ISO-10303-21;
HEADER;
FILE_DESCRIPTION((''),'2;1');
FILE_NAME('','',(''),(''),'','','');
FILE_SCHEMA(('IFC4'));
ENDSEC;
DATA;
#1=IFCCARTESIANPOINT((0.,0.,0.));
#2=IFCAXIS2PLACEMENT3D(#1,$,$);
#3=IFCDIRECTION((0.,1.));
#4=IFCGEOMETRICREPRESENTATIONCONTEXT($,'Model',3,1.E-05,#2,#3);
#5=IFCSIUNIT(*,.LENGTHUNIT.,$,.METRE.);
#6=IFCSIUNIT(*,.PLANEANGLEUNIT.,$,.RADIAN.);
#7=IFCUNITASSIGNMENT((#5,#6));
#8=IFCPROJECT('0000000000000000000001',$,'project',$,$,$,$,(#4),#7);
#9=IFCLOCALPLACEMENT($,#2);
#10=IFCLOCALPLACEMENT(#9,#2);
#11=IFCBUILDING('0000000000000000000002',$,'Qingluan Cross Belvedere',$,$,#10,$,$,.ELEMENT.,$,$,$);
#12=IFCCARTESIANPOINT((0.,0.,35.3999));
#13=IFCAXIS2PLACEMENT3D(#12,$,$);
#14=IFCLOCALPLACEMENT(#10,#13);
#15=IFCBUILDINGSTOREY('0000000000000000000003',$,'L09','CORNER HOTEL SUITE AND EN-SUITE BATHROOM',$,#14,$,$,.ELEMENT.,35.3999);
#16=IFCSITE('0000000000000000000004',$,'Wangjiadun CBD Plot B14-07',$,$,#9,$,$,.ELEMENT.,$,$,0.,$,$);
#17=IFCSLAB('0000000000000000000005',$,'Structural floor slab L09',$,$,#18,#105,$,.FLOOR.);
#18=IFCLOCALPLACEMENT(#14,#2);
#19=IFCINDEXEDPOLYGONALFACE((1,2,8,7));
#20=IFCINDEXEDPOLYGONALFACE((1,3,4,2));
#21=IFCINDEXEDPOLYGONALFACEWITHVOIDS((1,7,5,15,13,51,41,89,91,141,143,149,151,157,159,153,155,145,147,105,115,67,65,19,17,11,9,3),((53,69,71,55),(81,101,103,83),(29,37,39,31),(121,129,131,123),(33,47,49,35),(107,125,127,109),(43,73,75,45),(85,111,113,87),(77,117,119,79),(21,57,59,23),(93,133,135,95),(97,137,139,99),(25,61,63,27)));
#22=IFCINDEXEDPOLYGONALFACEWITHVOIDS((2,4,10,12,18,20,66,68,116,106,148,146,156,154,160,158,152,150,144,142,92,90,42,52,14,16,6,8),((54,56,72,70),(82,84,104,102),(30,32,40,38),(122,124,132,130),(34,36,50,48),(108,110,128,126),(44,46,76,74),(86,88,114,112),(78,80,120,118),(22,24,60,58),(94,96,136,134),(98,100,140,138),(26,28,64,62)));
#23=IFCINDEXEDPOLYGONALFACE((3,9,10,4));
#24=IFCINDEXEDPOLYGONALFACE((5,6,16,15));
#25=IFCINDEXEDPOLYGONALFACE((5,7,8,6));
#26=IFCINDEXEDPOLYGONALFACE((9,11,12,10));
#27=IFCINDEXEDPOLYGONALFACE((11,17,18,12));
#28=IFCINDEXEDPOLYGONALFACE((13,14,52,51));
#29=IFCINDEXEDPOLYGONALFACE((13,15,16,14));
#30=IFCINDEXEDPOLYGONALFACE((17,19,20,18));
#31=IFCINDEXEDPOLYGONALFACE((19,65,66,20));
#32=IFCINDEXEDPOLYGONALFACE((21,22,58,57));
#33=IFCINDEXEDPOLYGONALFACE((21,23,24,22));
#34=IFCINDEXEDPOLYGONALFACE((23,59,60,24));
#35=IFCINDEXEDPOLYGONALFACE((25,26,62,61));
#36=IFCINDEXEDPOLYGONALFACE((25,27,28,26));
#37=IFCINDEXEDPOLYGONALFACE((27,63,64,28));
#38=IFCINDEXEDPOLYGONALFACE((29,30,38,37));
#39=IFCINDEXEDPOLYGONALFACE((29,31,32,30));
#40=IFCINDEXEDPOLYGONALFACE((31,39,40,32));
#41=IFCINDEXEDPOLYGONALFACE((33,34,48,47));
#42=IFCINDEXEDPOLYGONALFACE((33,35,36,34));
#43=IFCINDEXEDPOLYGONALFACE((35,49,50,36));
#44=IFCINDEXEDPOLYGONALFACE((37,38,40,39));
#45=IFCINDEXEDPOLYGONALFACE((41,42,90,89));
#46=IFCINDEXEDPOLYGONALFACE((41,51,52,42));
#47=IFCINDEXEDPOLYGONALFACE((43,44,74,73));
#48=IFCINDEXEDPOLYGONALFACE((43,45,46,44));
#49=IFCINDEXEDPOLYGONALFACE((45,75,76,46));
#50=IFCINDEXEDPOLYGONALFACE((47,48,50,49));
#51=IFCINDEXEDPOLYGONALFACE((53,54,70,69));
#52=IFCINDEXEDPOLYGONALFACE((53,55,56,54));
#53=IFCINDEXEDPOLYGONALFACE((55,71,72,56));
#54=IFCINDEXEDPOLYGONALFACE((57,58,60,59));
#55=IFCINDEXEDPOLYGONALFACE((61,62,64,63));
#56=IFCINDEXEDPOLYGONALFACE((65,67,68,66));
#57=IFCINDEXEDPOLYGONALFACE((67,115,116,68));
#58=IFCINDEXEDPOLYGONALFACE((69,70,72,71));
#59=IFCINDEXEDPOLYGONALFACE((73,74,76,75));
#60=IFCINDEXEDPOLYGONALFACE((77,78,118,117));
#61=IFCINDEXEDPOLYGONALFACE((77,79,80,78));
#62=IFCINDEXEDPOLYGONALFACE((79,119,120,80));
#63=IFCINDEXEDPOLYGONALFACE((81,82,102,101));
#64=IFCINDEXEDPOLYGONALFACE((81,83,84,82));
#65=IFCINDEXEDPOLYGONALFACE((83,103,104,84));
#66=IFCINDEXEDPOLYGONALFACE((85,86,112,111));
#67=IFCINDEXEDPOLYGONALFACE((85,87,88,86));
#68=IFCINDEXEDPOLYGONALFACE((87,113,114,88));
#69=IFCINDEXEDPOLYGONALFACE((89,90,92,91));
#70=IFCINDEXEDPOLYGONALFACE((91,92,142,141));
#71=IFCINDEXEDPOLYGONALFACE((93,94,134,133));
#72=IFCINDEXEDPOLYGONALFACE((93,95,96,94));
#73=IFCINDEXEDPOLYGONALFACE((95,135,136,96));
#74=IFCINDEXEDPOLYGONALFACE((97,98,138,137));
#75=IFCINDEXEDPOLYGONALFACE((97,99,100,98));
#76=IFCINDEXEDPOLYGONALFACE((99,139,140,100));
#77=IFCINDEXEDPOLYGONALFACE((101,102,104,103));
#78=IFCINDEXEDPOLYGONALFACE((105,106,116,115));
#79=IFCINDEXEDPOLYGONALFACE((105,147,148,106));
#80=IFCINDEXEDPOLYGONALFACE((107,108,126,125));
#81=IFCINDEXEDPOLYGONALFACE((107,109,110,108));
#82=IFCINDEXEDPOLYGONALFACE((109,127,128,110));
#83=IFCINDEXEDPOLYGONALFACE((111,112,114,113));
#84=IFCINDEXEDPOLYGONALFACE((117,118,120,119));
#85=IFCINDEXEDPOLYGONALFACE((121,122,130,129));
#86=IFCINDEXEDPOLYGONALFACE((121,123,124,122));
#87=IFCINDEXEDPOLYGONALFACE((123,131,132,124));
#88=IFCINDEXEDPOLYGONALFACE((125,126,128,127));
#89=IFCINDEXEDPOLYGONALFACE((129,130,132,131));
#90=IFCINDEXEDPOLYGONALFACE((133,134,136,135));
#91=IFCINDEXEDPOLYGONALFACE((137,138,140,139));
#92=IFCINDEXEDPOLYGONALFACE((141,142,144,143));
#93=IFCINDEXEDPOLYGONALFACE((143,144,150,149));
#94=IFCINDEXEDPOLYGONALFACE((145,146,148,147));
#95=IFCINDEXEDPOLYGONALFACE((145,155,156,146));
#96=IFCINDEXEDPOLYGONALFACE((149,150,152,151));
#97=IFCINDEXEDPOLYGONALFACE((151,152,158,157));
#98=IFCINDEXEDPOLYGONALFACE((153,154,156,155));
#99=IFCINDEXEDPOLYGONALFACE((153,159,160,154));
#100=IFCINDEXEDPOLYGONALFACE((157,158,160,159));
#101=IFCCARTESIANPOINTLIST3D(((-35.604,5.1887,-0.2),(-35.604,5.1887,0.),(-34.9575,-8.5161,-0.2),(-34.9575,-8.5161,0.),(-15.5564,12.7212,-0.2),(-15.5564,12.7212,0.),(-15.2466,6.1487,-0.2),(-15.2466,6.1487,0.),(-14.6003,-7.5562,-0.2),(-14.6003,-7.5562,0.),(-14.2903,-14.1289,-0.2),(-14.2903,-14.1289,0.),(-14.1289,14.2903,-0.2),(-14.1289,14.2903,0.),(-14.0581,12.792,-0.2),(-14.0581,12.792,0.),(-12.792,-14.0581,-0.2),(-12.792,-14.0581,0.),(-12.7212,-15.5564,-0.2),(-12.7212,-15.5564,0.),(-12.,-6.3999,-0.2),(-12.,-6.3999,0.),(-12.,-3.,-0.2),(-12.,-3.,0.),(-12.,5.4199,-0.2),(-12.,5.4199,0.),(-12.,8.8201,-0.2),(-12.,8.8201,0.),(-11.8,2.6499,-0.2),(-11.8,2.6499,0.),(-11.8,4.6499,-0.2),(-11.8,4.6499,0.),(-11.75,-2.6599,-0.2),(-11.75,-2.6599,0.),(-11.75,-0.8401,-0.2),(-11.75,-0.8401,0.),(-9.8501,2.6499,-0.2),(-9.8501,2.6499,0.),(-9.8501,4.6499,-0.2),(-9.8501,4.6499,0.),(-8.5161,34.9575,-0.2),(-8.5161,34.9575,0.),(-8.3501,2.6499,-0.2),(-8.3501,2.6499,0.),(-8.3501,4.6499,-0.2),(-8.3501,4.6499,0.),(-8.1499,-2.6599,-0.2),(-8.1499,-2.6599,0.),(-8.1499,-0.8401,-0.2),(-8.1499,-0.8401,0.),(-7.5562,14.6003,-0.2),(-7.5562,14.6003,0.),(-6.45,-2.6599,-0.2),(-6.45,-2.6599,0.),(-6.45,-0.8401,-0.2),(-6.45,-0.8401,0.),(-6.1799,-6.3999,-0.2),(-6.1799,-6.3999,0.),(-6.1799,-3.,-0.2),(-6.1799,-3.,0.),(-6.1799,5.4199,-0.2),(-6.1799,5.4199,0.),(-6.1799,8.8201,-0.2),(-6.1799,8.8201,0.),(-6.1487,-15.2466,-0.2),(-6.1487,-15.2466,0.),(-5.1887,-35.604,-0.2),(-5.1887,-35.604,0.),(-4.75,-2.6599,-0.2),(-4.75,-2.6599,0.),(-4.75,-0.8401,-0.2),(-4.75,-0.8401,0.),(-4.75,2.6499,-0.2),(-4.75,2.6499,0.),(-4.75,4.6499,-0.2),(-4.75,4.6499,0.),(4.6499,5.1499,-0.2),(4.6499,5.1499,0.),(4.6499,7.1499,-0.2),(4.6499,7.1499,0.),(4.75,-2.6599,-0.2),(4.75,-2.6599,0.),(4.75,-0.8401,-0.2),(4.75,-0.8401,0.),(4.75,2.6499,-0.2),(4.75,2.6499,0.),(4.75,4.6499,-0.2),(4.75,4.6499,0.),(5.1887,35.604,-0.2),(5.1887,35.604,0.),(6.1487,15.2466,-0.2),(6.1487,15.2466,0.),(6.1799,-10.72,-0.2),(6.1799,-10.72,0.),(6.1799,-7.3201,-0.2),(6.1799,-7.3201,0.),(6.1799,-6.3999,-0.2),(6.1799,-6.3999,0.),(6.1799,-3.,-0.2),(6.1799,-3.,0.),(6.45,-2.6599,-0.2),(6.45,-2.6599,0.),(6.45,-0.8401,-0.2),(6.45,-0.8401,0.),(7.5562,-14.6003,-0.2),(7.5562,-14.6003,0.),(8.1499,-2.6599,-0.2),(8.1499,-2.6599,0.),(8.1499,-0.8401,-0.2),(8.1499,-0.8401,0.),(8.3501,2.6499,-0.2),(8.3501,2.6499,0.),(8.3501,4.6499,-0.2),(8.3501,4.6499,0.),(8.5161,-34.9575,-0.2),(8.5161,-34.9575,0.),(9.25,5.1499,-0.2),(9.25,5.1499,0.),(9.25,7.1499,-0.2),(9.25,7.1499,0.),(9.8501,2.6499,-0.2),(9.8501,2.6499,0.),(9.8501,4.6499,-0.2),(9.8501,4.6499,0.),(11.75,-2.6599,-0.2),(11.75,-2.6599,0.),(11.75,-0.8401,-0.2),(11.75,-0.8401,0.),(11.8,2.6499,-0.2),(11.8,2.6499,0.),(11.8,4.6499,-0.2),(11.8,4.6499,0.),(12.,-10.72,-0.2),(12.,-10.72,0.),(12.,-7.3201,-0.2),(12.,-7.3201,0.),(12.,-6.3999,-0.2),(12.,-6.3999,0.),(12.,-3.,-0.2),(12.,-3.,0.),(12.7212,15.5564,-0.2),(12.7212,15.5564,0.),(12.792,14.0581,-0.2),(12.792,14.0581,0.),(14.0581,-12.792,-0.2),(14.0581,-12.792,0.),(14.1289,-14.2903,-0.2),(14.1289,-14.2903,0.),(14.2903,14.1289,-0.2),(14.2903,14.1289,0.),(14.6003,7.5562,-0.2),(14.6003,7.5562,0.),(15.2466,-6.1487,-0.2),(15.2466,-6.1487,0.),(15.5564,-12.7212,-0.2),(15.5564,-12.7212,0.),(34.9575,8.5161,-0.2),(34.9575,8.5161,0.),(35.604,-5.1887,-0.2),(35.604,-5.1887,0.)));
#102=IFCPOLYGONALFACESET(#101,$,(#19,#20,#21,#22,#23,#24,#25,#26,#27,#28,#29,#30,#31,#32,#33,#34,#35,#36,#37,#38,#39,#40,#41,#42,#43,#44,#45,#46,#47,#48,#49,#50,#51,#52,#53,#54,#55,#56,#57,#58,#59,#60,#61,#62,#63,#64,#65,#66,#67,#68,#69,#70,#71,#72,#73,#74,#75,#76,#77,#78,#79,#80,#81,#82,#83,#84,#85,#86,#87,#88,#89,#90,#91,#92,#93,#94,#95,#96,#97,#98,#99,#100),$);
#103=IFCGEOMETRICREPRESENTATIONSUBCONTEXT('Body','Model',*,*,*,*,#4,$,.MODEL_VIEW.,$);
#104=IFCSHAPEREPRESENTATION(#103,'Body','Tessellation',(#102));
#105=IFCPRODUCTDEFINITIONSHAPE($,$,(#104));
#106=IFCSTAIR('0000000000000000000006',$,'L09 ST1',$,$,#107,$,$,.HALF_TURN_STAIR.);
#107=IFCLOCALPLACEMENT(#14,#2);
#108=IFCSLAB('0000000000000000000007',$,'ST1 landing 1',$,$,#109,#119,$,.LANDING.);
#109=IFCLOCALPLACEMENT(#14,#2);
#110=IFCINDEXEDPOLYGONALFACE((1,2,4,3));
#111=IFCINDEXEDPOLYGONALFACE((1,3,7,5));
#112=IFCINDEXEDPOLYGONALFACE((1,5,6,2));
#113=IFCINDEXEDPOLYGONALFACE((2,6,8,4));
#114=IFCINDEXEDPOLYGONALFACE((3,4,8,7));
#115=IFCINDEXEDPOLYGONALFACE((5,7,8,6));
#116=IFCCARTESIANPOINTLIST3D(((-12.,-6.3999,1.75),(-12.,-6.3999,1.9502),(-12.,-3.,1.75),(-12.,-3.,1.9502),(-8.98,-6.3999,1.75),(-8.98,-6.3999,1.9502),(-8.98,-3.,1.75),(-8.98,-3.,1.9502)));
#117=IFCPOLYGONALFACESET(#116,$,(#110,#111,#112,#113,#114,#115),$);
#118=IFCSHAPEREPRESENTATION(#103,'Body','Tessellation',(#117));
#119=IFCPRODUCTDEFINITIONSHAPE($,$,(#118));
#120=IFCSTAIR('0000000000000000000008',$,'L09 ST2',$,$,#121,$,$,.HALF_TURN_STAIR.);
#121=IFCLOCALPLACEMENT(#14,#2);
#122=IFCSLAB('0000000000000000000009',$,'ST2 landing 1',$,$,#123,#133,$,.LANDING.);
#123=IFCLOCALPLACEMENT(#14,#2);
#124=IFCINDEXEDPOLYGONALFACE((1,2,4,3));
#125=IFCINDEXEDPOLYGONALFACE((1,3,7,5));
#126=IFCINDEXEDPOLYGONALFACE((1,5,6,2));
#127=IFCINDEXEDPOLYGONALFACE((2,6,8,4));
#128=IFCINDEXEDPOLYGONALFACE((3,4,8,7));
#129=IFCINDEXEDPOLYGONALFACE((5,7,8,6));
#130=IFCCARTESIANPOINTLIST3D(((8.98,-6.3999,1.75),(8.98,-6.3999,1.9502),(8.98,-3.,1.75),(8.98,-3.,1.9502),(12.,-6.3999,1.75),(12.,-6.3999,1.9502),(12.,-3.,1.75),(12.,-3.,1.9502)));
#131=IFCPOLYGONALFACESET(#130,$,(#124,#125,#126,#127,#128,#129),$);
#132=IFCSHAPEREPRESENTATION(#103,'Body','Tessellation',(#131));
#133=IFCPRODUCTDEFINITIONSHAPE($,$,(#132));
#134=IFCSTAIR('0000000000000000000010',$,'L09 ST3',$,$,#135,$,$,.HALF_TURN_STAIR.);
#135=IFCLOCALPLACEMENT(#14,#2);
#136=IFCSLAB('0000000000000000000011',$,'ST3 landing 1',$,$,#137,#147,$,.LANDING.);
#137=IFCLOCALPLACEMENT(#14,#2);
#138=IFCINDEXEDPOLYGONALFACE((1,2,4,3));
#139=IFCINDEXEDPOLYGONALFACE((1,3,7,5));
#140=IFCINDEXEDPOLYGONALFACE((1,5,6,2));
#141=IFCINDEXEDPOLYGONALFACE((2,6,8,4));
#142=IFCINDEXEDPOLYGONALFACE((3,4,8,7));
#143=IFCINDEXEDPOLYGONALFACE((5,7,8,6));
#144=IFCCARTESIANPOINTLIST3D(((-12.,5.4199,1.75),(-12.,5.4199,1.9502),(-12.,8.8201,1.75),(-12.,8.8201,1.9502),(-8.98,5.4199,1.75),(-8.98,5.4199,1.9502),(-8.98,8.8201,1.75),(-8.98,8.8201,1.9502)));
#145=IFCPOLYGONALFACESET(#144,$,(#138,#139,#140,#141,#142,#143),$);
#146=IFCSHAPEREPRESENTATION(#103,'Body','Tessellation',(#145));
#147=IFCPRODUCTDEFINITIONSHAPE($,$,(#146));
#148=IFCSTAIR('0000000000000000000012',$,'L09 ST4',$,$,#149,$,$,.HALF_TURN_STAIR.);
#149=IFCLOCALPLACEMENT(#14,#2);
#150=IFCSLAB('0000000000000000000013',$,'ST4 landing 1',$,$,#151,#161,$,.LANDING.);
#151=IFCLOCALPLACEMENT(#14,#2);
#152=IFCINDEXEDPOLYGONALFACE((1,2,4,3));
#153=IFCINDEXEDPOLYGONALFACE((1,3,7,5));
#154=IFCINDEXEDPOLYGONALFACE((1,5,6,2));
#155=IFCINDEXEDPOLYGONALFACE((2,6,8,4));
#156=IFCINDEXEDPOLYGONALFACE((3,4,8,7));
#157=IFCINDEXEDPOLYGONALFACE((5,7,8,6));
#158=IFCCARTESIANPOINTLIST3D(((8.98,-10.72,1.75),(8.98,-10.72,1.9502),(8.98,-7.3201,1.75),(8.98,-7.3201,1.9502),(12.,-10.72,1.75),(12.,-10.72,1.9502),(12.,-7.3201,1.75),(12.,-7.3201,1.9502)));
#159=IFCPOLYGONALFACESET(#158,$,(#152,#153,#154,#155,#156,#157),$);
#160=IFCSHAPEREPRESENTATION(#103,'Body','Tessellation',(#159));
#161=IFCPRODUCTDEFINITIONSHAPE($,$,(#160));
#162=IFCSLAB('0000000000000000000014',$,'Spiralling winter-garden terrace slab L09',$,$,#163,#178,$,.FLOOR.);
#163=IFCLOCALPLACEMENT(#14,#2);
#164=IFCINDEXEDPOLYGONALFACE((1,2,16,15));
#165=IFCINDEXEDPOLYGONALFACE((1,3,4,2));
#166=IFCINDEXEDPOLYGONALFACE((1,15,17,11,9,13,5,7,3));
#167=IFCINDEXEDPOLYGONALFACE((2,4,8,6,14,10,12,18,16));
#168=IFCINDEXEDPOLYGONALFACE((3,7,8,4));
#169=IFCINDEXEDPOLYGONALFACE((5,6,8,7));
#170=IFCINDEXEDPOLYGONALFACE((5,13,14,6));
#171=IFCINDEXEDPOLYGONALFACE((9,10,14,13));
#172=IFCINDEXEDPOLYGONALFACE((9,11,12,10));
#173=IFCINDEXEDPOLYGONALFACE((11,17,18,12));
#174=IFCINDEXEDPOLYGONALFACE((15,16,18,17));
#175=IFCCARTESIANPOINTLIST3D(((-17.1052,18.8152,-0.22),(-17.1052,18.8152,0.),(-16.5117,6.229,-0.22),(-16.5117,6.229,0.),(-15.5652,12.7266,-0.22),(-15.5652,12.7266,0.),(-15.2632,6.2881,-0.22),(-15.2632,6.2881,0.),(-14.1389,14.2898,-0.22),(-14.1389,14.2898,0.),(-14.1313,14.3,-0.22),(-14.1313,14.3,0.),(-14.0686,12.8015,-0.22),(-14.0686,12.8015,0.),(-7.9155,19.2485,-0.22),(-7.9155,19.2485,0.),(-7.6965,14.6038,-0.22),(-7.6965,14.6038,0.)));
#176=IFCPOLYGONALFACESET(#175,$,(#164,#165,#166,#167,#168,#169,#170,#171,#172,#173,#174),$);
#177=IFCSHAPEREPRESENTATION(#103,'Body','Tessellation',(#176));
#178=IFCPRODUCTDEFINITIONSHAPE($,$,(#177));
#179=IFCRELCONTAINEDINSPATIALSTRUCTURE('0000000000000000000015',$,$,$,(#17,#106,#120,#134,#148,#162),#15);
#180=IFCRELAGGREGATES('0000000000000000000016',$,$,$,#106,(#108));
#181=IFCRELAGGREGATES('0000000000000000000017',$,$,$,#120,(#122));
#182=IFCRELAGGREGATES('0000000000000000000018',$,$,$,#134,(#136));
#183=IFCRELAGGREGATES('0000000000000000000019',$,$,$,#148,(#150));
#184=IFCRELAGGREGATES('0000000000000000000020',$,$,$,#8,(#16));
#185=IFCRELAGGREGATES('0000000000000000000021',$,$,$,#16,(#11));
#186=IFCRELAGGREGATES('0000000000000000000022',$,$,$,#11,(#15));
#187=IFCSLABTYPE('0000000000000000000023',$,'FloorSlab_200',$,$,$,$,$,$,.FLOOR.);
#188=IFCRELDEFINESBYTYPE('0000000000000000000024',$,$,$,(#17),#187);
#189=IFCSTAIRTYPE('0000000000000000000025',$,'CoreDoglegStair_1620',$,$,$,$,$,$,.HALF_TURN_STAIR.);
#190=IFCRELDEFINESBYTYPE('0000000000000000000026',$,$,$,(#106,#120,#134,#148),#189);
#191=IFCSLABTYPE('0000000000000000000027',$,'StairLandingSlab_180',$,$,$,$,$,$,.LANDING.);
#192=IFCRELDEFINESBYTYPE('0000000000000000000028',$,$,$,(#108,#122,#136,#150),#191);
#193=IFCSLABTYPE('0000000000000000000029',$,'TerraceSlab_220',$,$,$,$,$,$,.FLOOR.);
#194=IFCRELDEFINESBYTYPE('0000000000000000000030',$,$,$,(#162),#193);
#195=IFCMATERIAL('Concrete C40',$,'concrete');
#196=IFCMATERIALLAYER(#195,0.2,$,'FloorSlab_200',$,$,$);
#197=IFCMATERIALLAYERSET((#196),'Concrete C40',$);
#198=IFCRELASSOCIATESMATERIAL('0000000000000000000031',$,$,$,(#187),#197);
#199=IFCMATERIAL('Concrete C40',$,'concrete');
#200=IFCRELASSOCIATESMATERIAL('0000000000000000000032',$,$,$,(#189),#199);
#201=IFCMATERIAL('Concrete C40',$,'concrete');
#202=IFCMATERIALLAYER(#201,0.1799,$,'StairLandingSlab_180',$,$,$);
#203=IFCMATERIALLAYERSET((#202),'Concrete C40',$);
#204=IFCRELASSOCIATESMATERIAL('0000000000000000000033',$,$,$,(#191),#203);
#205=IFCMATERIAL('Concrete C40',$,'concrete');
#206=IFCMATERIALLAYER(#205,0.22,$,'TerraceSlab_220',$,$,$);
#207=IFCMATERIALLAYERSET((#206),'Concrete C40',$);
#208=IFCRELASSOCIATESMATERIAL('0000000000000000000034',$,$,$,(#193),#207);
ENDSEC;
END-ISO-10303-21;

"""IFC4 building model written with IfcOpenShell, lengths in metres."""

from ifc_helpers import new_model, si_unit, direction, frame, origin, place, context, subcontext, project, spatial, polyline, outline, extrude, material, layer, layer_set, type_object, element, aggregate, save


model = new_model("IFC4")

# Units and contexts
model_context = context("Model", 3, precision=1e-05, world=origin(), true_north=direction((0.0, 1.0)))
body_context = subcontext(model_context, "Body", "Model", "MODEL_VIEW")
ifc_project = project(units=[si_unit("LENGTHUNIT", "METRE"), si_unit("PLANEANGLEUNIT", "RADIAN")], contexts=[model_context])

# Site, building, storey
site_placement = place(None, origin())
site = spatial("IfcSite", under=ifc_project, at=site_placement, Name="Wangjiadun CBD Plot B14-07", CompositionType="ELEMENT", RefElevation=0.0)
building_placement = place(site_placement, origin())
building = spatial("IfcBuilding", under=site, at=building_placement, Name="Qingluan Cross Belvedere", CompositionType="ELEMENT")
storey_placement = place(building_placement, frame((0.0, 0.0, 35.3999)))
storey = spatial("IfcBuildingStorey", under=building, at=storey_placement, Name="L09", Description="CORNER HOTEL SUITE AND EN-SUITE BATHROOM", CompositionType="ELEMENT", Elevation=35.3999)

# Slab
ifc_material_1 = material(Name="Concrete C40", Category="concrete")
ifc_layer_1 = layer(ifc_material_1, 0.2, Name="FloorSlab_200")
ifc_layer_set_1 = layer_set([ifc_layer_1], Name="Concrete C40")
slab_type_1 = type_object("IfcSlabType", Name="FloorSlab_200", PredefinedType="FLOOR", material=ifc_layer_set_1)
slab_1_placement = place(storey_placement, frame((0.0, 0.0, -0.2)))
element("IfcSlab", 1, at=slab_1_placement, inside=storey, type_object=slab_type_1, Name="Structural floor slab L09", PredefinedType="FLOOR", context=body_context, shape_type="SweptSolid", body=[
    extrude(outline(polyline([(8.5161, -34.9575), (7.5562, -14.6003), (14.1289, -14.2903), (14.0581, -12.792), (15.5564, -12.7212), (15.2466, -6.1487), (35.604, -5.1887), (34.9575, 8.5161), (14.6003, 7.5562), (14.2903, 14.1289), (12.792, 14.0581), (12.7212, 15.5564), (6.1487, 15.2466), (5.1887, 35.604), (-8.5161, 34.9575), (-7.5562, 14.6003), (-14.1289, 14.2903), (-14.0581, 12.792), (-15.5564, 12.7212), (-15.2466, 6.1487), (-35.604, 5.1887), (-34.9575, -8.5161), (-14.6003, -7.5562), (-14.2903, -14.1289), (-12.792, -14.0581), (-12.7212, -15.5564), (-6.1487, -15.2466), (-5.1887, -35.604), (8.5161, -34.9575)]), holes=[polyline([(-12.0, -3.0), (-6.1799, -3.0), (-6.1799, -6.3999), (-12.0, -6.3999), (-12.0, -3.0)]), polyline([(6.1799, -3.0), (12.0, -3.0), (12.0, -6.3999), (6.1799, -6.3999), (6.1799, -3.0)]), polyline([(-12.0, 8.8201), (-6.1799, 8.8201), (-6.1799, 5.4199), (-12.0, 5.4199), (-12.0, 8.8201)]), polyline([(6.1799, -7.3201), (12.0, -7.3201), (12.0, -10.72), (6.1799, -10.72), (6.1799, -7.3201)]), polyline([(-11.8, 4.6499), (-9.8501, 4.6499), (-9.8501, 2.6499), (-11.8, 2.6499), (-11.8, 4.6499)]), polyline([(-8.3501, 4.6499), (-4.75, 4.6499), (-4.75, 2.6499), (-8.3501, 2.6499), (-8.3501, 4.6499)]), polyline([(4.75, 4.6499), (8.3501, 4.6499), (8.3501, 2.6499), (4.75, 2.6499), (4.75, 4.6499)]), polyline([(9.8501, 4.6499), (11.8, 4.6499), (11.8, 2.6499), (9.8501, 2.6499), (9.8501, 4.6499)]), polyline([(-11.75, -0.8401), (-8.1499, -0.8401), (-8.1499, -2.6599), (-11.75, -2.6599), (-11.75, -0.8401)]), polyline([(-6.45, -0.8401), (-4.75, -0.8401), (-4.75, -2.6599), (-6.45, -2.6599), (-6.45, -0.8401)]), polyline([(4.75, -0.8401), (6.45, -0.8401), (6.45, -2.6599), (4.75, -2.6599), (4.75, -0.8401)]), polyline([(8.1499, -0.8401), (11.75, -0.8401), (11.75, -2.6599), (8.1499, -2.6599), (8.1499, -0.8401)]), polyline([(4.6499, 7.1499), (9.25, 7.1499), (9.25, 5.1499), (4.6499, 5.1499), (4.6499, 7.1499)])]), origin(), (0.0, 0.0, 1.0), 0.2),
])

# Stairs, slabs
ifc_material_2 = material(Name="Concrete C40", Category="concrete")
stair_type = type_object("IfcStairType", Name="CoreDoglegStair_1620", PredefinedType="HALF_TURN_STAIR", material=ifc_material_2)
stair_1_placement = place(storey_placement, origin())
stair_1 = element("IfcStair", 2, at=stair_1_placement, inside=storey, type_object=stair_type, Name="L09 ST1", PredefinedType="HALF_TURN_STAIR")
ifc_material_3 = material(Name="Concrete C40", Category="concrete")
ifc_layer_2 = layer(ifc_material_3, 0.1799, Name="StairLandingSlab_180")
ifc_layer_set_2 = layer_set([ifc_layer_2], Name="Concrete C40")
slab_type_2 = type_object("IfcSlabType", Name="StairLandingSlab_180", PredefinedType="LANDING", material=ifc_layer_set_2)
slab_2_placement = place(storey_placement, frame((0.0, 0.0, 1.75)))
slab_2 = element("IfcSlab", 3, at=slab_2_placement, type_object=slab_type_2, Name="ST1 landing 1", PredefinedType="LANDING", context=body_context, shape_type="SweptSolid", body=[
    extrude(outline(polyline([(-8.98, -3.0), (-12.0, -3.0), (-12.0, -6.3999), (-8.98, -6.3999), (-8.98, -3.0)])), origin(), (0.0, 0.0, 1.0), 0.2002),
])
aggregate(stair_1, [slab_2])
stair_2_placement = place(storey_placement, origin())
stair_2 = element("IfcStair", 4, at=stair_2_placement, inside=storey, type_object=stair_type, Name="L09 ST2", PredefinedType="HALF_TURN_STAIR")
slab_3_placement = place(storey_placement, frame((0.0, 0.0, 1.75)))
slab_3 = element("IfcSlab", 5, at=slab_3_placement, type_object=slab_type_2, Name="ST2 landing 1", PredefinedType="LANDING", context=body_context, shape_type="SweptSolid", body=[
    extrude(outline(polyline([(8.98, -6.3999), (12.0, -6.3999), (12.0, -3.0), (8.98, -3.0), (8.98, -6.3999)])), origin(), (0.0, 0.0, 1.0), 0.2002),
])
aggregate(stair_2, [slab_3])
stair_3_placement = place(storey_placement, origin())
stair_3 = element("IfcStair", 6, at=stair_3_placement, inside=storey, type_object=stair_type, Name="L09 ST3", PredefinedType="HALF_TURN_STAIR")
slab_4_placement = place(storey_placement, frame((0.0, 0.0, 1.75)))
slab_4 = element("IfcSlab", 7, at=slab_4_placement, type_object=slab_type_2, Name="ST3 landing 1", PredefinedType="LANDING", context=body_context, shape_type="SweptSolid", body=[
    extrude(outline(polyline([(-8.98, 8.8201), (-12.0, 8.8201), (-12.0, 5.4199), (-8.98, 5.4199), (-8.98, 8.8201)])), origin(), (0.0, 0.0, 1.0), 0.2002),
])
aggregate(stair_3, [slab_4])
stair_4_placement = place(storey_placement, origin())
stair_4 = element("IfcStair", 8, at=stair_4_placement, inside=storey, type_object=stair_type, Name="L09 ST4", PredefinedType="HALF_TURN_STAIR")
slab_5_placement = place(storey_placement, frame((0.0, 0.0, 1.75)))
slab_5 = element("IfcSlab", 9, at=slab_5_placement, type_object=slab_type_2, Name="ST4 landing 1", PredefinedType="LANDING", context=body_context, shape_type="SweptSolid", body=[
    extrude(outline(polyline([(8.98, -10.72), (12.0, -10.72), (12.0, -7.3201), (8.98, -7.3201), (8.98, -10.72)])), origin(), (0.0, 0.0, 1.0), 0.2002),
])
aggregate(stair_4, [slab_5])

# Slab
ifc_material_4 = material(Name="Concrete C40", Category="concrete")
ifc_layer_3 = layer(ifc_material_4, 0.22, Name="TerraceSlab_220")
ifc_layer_set_3 = layer_set([ifc_layer_3], Name="Concrete C40")
slab_type_3 = type_object("IfcSlabType", Name="TerraceSlab_220", PredefinedType="FLOOR", material=ifc_layer_set_3)
slab_6_placement = place(storey_placement, frame((0.0, 0.0, -0.22)))
element("IfcSlab", 10, at=slab_6_placement, inside=storey, type_object=slab_type_3, Name="Spiralling winter-garden terrace slab L09", PredefinedType="FLOOR", context=body_context, shape_type="SweptSolid", body=[
    extrude(outline(polyline([(-15.2632, 6.2881), (-15.5652, 12.7266), (-14.0686, 12.8015), (-14.1389, 14.2898), (-14.1313, 14.3), (-7.6965, 14.6038), (-7.9155, 19.2485), (-17.1052, 18.8152), (-16.5117, 6.229), (-15.2632, 6.2881)])), origin(), (0.0, 0.0, 1.0), 0.22),
])

save(model, "model.ifc")
